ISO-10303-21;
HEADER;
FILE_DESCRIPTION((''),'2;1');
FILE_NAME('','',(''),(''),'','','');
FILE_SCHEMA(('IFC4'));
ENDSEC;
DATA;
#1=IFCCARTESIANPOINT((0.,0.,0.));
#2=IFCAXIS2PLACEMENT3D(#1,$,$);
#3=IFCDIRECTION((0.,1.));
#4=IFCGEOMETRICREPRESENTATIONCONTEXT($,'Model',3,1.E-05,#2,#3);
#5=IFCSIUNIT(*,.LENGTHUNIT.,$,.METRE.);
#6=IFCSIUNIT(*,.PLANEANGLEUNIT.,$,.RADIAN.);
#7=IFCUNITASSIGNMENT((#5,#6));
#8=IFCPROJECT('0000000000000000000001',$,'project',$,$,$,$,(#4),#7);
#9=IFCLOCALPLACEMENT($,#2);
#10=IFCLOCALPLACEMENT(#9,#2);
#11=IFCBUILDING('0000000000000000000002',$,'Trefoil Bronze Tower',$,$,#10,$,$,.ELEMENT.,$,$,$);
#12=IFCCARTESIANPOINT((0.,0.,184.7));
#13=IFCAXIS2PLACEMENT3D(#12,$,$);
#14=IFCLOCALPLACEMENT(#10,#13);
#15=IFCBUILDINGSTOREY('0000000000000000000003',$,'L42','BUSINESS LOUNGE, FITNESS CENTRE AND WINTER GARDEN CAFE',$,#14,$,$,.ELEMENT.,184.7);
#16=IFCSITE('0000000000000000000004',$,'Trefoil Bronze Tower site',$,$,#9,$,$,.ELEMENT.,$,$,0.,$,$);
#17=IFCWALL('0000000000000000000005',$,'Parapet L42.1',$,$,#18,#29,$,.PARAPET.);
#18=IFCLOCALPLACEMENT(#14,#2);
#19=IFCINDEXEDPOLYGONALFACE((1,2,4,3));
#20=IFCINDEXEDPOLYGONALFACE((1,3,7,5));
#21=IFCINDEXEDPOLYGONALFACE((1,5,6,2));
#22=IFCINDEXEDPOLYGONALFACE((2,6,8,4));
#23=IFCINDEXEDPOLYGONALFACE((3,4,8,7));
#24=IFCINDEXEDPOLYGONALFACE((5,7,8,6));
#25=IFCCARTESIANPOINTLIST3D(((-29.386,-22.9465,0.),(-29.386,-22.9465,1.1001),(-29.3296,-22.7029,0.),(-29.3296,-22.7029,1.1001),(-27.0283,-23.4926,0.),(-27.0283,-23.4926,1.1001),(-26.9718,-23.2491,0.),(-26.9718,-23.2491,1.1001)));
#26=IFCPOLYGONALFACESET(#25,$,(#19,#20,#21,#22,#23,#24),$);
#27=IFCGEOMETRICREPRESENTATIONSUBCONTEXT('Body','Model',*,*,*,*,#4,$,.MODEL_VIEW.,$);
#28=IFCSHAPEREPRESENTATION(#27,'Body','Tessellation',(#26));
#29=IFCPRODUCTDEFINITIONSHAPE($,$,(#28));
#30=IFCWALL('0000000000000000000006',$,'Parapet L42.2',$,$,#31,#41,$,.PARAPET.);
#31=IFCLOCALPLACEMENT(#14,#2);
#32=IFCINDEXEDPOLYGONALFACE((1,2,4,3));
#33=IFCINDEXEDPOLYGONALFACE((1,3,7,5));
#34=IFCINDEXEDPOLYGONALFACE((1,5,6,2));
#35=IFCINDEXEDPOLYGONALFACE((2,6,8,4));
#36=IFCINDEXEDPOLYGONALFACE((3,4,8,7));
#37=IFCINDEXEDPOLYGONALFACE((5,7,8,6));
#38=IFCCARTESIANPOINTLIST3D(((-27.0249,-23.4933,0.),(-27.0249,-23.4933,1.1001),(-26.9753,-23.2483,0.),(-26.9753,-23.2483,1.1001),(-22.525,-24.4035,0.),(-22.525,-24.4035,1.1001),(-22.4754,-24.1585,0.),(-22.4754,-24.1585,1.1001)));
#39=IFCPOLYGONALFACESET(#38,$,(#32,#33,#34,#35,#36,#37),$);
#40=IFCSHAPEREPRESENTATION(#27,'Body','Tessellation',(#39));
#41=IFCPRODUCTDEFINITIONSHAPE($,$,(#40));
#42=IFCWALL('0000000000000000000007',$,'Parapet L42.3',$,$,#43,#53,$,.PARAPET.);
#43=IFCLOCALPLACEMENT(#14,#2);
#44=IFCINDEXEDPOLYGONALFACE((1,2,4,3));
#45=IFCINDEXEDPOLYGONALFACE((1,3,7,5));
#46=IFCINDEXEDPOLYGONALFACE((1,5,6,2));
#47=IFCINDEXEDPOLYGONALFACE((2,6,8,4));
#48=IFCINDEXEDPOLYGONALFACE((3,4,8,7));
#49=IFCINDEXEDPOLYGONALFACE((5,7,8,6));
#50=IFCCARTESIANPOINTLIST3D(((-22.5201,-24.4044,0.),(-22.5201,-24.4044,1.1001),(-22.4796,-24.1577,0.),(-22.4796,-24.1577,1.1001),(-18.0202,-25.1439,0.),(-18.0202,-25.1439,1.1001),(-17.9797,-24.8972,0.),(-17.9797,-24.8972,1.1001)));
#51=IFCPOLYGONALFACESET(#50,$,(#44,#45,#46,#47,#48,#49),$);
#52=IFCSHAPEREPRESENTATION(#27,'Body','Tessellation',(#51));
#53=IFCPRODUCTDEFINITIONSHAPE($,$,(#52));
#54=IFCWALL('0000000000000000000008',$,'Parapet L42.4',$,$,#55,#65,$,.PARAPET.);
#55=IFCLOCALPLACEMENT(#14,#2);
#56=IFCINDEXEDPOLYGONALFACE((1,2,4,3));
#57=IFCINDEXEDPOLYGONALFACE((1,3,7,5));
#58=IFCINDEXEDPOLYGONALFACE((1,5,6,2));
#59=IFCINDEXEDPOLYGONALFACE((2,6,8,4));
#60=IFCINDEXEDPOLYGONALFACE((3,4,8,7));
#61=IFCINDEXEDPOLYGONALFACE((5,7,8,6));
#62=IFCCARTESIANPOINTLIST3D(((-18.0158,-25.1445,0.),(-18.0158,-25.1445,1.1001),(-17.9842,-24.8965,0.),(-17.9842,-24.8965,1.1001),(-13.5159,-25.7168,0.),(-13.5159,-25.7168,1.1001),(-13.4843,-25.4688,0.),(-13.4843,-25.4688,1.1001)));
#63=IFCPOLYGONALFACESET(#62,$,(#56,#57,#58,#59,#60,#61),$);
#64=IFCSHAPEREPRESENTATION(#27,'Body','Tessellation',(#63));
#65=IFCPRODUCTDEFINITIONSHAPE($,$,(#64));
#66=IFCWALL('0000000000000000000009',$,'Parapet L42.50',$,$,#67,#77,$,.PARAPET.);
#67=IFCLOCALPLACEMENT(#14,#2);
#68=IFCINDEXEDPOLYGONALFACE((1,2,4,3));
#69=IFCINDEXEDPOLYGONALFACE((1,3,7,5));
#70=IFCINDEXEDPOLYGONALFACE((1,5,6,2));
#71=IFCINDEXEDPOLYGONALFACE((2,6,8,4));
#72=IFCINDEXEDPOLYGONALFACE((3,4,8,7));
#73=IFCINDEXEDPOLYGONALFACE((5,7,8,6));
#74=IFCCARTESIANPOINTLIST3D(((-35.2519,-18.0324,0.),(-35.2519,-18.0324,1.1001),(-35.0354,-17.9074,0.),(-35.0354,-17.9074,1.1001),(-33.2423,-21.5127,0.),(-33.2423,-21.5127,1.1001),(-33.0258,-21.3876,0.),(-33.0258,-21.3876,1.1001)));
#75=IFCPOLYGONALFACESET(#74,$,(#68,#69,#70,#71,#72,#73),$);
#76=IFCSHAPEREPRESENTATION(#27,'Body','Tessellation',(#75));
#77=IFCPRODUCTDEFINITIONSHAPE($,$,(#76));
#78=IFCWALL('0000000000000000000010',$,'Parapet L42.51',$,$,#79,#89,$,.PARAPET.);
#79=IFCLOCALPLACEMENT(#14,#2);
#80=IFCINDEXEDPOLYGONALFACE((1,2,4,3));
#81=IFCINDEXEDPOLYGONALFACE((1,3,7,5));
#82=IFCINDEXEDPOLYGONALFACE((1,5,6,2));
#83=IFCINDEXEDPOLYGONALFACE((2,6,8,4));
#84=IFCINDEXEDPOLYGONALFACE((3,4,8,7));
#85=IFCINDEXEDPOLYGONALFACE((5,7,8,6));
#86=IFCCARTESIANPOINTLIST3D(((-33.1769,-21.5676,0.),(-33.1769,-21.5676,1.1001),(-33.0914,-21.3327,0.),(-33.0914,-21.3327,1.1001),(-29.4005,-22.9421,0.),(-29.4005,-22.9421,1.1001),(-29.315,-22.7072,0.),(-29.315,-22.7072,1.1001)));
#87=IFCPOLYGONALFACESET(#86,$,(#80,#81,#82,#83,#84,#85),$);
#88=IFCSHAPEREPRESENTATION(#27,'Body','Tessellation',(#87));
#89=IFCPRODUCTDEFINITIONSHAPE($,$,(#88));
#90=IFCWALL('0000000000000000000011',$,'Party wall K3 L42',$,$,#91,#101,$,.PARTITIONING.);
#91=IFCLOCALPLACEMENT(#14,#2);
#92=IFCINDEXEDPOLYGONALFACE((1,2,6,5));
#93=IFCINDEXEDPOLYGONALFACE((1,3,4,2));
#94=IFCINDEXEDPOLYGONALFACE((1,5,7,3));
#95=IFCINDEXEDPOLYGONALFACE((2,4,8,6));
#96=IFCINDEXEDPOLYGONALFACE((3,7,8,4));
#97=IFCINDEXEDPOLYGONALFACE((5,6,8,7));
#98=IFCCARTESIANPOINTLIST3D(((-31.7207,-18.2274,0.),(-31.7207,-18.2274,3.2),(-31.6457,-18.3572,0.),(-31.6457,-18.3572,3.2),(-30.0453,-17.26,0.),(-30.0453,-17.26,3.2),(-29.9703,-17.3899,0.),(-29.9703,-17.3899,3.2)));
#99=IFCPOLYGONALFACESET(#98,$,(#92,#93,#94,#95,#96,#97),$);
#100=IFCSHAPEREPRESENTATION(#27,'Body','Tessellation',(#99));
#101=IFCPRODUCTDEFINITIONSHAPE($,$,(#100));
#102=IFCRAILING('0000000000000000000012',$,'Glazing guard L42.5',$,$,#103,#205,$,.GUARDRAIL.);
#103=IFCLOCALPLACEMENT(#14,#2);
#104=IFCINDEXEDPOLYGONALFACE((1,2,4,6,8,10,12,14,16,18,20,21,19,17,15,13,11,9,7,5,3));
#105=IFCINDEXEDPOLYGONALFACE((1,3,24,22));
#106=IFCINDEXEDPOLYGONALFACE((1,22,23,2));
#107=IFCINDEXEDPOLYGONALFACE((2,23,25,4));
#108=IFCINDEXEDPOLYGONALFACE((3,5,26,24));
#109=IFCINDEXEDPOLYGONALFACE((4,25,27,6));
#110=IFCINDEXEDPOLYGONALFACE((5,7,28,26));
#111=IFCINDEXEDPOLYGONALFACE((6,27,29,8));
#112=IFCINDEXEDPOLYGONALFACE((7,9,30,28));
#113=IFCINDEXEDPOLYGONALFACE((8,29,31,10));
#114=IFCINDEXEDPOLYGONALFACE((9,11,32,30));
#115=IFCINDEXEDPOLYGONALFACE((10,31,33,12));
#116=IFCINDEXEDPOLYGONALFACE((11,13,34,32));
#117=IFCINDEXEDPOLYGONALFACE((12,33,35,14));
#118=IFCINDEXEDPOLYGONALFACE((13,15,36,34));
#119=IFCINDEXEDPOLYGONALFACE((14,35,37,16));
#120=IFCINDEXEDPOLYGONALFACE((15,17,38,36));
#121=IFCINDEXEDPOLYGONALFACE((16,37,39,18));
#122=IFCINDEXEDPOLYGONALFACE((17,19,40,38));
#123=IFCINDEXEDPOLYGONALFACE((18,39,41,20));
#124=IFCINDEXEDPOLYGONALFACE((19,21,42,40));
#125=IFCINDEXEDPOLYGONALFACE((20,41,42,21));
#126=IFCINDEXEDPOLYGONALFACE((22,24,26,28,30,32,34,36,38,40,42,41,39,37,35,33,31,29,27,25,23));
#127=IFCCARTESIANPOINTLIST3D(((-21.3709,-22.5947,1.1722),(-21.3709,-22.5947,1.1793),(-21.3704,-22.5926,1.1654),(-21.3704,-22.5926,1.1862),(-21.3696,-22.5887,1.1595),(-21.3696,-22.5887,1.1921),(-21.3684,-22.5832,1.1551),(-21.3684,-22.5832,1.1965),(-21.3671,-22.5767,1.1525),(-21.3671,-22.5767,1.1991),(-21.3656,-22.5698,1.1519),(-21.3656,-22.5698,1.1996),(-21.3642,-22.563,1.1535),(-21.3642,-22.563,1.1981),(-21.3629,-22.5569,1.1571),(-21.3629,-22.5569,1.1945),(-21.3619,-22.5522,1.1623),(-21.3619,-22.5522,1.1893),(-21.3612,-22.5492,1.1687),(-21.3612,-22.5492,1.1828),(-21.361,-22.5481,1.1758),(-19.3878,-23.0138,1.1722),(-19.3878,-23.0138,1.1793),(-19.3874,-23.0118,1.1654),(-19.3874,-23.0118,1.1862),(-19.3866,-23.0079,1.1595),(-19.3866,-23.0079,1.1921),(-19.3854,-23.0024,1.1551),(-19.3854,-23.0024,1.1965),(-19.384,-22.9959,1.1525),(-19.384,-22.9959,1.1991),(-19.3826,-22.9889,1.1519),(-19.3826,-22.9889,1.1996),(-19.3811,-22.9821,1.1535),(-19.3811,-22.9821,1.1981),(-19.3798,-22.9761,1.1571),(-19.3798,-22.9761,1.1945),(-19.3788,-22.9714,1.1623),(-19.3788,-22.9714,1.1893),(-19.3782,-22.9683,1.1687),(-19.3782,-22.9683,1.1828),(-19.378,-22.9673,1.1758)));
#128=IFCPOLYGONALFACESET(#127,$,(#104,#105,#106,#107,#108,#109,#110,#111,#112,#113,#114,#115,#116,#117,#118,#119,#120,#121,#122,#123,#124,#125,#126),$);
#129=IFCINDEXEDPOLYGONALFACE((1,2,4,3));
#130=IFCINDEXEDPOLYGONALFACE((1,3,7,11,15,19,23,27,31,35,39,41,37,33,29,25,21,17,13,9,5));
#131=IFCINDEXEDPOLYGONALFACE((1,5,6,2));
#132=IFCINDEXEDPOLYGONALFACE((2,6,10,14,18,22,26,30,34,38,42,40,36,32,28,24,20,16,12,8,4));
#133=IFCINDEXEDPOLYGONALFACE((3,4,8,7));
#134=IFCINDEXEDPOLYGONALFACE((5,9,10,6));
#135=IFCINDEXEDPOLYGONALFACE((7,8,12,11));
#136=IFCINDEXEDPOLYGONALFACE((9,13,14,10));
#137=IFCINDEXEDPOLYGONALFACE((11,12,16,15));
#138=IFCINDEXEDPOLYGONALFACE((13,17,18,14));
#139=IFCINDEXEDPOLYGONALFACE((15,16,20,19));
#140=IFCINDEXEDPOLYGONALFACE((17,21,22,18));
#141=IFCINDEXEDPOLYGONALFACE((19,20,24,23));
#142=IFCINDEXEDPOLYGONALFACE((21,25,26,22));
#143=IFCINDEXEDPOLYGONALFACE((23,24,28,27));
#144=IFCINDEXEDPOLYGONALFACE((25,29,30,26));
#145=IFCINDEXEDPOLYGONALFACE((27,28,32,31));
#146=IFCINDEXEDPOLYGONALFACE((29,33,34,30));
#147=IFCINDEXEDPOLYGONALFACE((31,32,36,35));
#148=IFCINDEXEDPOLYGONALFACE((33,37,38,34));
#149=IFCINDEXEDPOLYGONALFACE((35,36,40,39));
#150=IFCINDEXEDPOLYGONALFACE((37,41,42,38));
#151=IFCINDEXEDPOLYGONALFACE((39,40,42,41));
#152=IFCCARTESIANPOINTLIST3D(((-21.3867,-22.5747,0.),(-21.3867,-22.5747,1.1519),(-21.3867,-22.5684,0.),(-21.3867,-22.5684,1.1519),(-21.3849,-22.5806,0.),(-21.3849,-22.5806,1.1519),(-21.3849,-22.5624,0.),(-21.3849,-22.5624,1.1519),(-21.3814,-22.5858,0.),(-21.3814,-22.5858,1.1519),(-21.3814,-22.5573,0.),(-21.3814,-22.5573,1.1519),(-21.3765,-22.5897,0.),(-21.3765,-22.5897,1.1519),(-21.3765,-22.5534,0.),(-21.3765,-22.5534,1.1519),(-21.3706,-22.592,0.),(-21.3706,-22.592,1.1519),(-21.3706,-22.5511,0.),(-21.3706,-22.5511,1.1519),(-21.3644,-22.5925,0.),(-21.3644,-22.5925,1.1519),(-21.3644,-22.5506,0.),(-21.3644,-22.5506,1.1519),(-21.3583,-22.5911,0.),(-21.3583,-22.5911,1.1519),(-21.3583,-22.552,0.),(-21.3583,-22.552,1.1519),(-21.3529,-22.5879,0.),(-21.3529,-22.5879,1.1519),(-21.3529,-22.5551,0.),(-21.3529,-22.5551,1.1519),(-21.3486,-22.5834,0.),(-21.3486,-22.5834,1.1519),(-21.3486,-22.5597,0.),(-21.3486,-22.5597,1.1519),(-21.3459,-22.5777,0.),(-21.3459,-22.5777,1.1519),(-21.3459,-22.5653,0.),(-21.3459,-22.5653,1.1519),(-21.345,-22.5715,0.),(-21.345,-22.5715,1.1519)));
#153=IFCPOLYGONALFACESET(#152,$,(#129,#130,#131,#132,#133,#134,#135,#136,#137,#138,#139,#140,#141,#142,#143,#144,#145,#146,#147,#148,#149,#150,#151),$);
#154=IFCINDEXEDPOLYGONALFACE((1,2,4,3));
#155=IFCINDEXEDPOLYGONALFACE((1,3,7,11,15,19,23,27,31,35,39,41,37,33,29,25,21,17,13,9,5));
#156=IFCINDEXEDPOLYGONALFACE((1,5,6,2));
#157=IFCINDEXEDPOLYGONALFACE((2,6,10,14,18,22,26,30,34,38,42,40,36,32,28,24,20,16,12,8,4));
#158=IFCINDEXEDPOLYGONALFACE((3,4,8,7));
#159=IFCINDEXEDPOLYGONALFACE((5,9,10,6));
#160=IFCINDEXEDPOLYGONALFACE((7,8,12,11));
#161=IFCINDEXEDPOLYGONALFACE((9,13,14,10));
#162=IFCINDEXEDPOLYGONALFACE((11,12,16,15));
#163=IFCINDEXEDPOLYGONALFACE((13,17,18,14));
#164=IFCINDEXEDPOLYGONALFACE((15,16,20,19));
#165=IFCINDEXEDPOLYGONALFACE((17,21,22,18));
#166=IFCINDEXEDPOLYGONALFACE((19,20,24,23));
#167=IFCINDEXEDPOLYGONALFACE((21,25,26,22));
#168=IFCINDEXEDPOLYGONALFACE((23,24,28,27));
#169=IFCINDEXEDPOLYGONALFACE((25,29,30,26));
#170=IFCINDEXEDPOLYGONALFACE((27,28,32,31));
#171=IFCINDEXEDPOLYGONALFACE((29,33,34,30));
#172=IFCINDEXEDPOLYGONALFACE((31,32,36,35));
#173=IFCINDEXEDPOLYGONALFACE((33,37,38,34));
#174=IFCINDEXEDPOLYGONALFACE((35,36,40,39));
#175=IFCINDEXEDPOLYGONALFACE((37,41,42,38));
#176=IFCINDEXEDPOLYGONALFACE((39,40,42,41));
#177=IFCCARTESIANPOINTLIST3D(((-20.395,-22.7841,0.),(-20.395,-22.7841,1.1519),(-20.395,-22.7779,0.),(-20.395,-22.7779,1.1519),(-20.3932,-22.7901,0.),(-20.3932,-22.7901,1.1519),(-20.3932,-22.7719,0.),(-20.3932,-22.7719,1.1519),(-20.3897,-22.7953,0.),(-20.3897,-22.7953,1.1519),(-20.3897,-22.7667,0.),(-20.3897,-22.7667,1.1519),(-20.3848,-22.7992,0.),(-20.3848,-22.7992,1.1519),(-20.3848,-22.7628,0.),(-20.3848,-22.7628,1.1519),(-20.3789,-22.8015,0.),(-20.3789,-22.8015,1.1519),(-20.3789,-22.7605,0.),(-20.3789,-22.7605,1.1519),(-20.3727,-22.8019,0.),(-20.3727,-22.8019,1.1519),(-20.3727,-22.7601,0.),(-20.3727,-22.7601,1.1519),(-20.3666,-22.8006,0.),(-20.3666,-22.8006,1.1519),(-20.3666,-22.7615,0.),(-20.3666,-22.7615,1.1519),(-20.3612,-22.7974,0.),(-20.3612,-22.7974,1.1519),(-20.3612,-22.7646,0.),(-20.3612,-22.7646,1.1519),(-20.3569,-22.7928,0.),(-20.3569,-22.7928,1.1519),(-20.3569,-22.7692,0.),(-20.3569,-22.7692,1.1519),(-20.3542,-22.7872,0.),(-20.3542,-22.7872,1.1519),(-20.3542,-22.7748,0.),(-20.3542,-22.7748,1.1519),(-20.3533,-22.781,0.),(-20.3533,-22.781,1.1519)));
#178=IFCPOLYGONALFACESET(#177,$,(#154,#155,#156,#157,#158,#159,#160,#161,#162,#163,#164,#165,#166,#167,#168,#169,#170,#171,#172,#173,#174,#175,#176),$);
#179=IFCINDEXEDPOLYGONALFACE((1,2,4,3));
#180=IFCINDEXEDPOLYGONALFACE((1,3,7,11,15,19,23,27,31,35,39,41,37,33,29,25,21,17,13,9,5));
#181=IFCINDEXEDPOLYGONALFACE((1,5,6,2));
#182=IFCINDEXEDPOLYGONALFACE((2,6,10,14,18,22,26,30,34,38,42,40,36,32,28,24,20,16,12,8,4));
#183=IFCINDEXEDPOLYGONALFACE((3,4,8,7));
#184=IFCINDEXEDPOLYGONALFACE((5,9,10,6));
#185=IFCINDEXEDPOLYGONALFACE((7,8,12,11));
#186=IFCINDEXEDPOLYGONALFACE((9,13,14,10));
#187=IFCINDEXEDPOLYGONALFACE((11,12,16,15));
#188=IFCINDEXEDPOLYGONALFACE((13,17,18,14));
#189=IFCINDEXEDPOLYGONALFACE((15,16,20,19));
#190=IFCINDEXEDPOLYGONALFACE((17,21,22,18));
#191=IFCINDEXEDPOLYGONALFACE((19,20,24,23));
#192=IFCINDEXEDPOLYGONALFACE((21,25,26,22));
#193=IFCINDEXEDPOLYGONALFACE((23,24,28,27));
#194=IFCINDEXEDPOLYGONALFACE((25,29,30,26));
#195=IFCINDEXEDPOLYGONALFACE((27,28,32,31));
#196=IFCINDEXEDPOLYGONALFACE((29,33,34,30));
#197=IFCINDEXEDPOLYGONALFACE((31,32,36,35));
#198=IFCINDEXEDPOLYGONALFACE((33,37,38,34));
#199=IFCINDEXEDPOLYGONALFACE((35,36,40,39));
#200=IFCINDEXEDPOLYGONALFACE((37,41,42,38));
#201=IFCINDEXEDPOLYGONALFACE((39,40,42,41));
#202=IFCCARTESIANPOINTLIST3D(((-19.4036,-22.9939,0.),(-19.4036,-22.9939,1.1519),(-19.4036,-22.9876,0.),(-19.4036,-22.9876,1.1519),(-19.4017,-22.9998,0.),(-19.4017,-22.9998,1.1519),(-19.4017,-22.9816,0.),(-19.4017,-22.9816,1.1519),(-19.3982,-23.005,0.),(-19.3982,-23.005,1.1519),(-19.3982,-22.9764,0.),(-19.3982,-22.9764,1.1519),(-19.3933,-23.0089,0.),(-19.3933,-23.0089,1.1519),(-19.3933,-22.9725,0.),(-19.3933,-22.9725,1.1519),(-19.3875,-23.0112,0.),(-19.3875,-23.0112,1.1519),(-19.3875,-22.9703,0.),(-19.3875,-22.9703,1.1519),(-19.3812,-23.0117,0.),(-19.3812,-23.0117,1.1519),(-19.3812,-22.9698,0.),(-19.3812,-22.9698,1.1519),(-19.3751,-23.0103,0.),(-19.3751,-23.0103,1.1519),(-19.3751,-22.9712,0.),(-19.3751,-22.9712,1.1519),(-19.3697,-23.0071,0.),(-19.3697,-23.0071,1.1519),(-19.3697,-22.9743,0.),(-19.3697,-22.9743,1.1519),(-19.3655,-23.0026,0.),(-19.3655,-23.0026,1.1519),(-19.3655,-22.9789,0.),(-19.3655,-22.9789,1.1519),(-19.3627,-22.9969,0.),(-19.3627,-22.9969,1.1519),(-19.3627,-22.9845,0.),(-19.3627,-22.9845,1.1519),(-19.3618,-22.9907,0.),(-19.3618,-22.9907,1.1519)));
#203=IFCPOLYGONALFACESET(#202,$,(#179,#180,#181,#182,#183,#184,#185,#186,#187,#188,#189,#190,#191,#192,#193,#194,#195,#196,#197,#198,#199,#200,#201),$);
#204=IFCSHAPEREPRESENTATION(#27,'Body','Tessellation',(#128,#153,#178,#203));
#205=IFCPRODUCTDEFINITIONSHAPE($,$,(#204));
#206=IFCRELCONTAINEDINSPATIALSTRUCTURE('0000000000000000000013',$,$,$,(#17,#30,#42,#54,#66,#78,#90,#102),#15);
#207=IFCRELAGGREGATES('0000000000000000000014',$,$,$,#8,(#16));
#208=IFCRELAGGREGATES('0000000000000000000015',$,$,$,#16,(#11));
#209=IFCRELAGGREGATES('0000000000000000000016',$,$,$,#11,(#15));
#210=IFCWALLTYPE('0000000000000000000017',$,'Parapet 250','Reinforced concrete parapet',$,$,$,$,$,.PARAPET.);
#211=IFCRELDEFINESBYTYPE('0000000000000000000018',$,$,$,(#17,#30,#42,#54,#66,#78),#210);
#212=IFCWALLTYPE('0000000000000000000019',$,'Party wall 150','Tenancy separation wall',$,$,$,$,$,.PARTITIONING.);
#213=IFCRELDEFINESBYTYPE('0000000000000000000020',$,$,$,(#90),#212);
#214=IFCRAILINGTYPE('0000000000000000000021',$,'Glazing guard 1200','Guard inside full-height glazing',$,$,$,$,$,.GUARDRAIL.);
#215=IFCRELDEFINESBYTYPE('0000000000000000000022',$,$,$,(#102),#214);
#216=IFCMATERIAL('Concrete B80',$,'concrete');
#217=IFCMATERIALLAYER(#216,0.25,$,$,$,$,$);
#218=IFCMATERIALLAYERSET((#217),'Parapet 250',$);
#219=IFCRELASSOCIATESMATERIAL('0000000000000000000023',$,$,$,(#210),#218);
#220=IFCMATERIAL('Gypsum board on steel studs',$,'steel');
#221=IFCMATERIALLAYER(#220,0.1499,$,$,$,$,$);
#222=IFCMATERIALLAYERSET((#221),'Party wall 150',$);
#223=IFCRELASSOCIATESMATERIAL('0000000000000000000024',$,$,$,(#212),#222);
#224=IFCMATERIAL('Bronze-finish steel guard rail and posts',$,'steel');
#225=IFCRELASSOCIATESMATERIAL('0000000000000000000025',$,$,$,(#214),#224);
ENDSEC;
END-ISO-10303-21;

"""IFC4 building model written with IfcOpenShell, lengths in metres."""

from ifc_helpers import new_model, si_unit, direction, frame, frame_2d, origin, origin_2d, place, context, subcontext, project, spatial, rectangle, circle, extrude, material, layer, layer_set, type_object, element, save


model = new_model("IFC4")

# Units and contexts
model_context = context("Model", 3, precision=1e-05, world=origin(), true_north=direction((0.0, 1.0)))
body_context = subcontext(model_context, "Body", "Model", "MODEL_VIEW")
ifc_project = project(units=[si_unit("LENGTHUNIT", "METRE"), si_unit("PLANEANGLEUNIT", "RADIAN")], contexts=[model_context])

# Site, building, storey
site_placement = place(None, origin())
site = spatial("IfcSite", under=ifc_project, at=site_placement, Name="Trefoil Bronze Tower site", CompositionType="ELEMENT", RefElevation=0.0)
building_placement = place(site_placement, origin())
building = spatial("IfcBuilding", under=site, at=building_placement, Name="Trefoil Bronze Tower", CompositionType="ELEMENT")
storey_placement = place(building_placement, frame((0.0, 0.0, 184.7)))
storey = spatial("IfcBuildingStorey", under=building, at=storey_placement, Name="L42", Description="BUSINESS LOUNGE, FITNESS CENTRE AND WINTER GARDEN CAFE", CompositionType="ELEMENT", Elevation=184.7)

# Walls
ifc_material_1 = material(Name="Concrete B80", Category="concrete")
ifc_layer_1 = layer(ifc_material_1, 0.25)
ifc_layer_set_1 = layer_set([ifc_layer_1], Name="Parapet 250")
wall_type_1 = type_object("IfcWallType", Name="Parapet 250", Description="Reinforced concrete parapet", PredefinedType="PARAPET", material=ifc_layer_set_1)
wall_1_placement = place(storey_placement, frame((-29.3577, -22.8247, 0.0), z_axis=(0.0, 0.0, 1.0), x_axis=(0.974204, -0.22567, 0.0)))
element("IfcWall", 1, at=wall_1_placement, inside=storey, type_object=wall_type_1, Name="Parapet L42.1", PredefinedType="PARAPET", context=body_context, shape_type="SweptSolid", body=[
    extrude(rectangle(XDim=2.4202, YDim=0.25, at=frame_2d((1.21, 0.0))), origin(), (0.0, 0.0, 1.0), 1.1001),
])
wall_2_placement = place(storey_placement, frame((-27.0, -23.3708, 0.0), z_axis=(0.0, 0.0, 1.0), x_axis=(0.980153, -0.198243, 0.0)))
element("IfcWall", 2, at=wall_2_placement, inside=storey, type_object=wall_type_1, Name="Parapet L42.2", PredefinedType="PARAPET", context=body_context, shape_type="SweptSolid", body=[
    extrude(rectangle(XDim=4.5911, YDim=0.25, at=frame_2d((2.2954, 0.0))), origin(), (0.0, 0.0, 1.0), 1.1001),
])
wall_3_placement = place(storey_placement, frame((-22.5, -24.281, 0.0), z_axis=(0.0, 0.0, 1.0), x_axis=(0.986765, -0.162159, 0.0)))
element("IfcWall", 3, at=wall_3_placement, inside=storey, type_object=wall_type_1, Name="Parapet L42.3", PredefinedType="PARAPET", context=body_context, shape_type="SweptSolid", body=[
    extrude(rectangle(XDim=4.5603, YDim=0.25, at=frame_2d((2.2803, 0.0))), origin(), (0.0, 0.0, 1.0), 1.1001),
])
wall_4_placement = place(storey_placement, frame((-18.0, -25.0205, 0.0), z_axis=(0.0, 0.0, 1.0), x_axis=(0.992011, -0.126154, 0.0)))
element("IfcWall", 4, at=wall_4_placement, inside=storey, type_object=wall_type_1, Name="Parapet L42.4", PredefinedType="PARAPET", context=body_context, shape_type="SweptSolid", body=[
    extrude(rectangle(XDim=4.5361, YDim=0.25, at=frame_2d((2.2681, 0.0))), origin(), (0.0, 0.0, 1.0), 1.1001),
])
for number, where, z_axis, x_axis, name in (
    (5, (-35.1436, -17.97, 0.0), (0.0, 0.0, 1.0), (0.50004, -0.866002, 0.0), "Parapet L42.50"),
    (6, (-33.134, -21.4502, 0.0), (0.0, 0.0, 1.0), (0.939691, -0.342026, 0.0), "Parapet L42.51"),
):
    element("IfcWall", number, at=place(storey_placement, frame(where, z_axis=z_axis, x_axis=x_axis)), inside=storey, type_object=wall_type_1, Name=name, PredefinedType="PARAPET", context=body_context, shape_type="SweptSolid", body=[
        extrude(rectangle(XDim=4.0188, YDim=0.25, at=frame_2d((2.0093, 0.0))), origin(), (0.0, 0.0, 1.0), 1.1001),
    ])
ifc_material_2 = material(Name="Gypsum board on steel studs", Category="steel")
ifc_layer_2 = layer(ifc_material_2, 0.1499)
ifc_layer_set_2 = layer_set([ifc_layer_2], Name="Party wall 150")
wall_type_2 = type_object("IfcWallType", Name="Party wall 150", Description="Tenancy separation wall", PredefinedType="PARTITIONING", material=ifc_layer_set_2)
wall_5_placement = place(storey_placement, frame((-30.0078, -17.325, 0.0), z_axis=(0.0, 0.0, 1.0), x_axis=(-0.866013, -0.500021, 0.0)))
element("IfcWall", 7, at=wall_5_placement, inside=storey, type_object=wall_type_2, Name="Party wall K3 L42", PredefinedType="PARTITIONING", context=body_context, shape_type="SweptSolid", body=[
    extrude(rectangle(XDim=1.9346, YDim=0.1499, at=frame_2d((0.9673, 0.0))), origin(), (0.0, 0.0, 1.0), 3.2),
])

# Railing
ifc_material_3 = material(Name="Bronze-finish steel guard rail and posts", Category="steel")
railing_type_1 = type_object("IfcRailingType", Name="Glazing guard 1200", Description="Guard inside full-height glazing", PredefinedType="GUARDRAIL", material=ifc_material_3)
railing_1_placement = place(storey_placement, frame((-21.366, -22.5715, 0.0)))
element("IfcRailing", 8, at=railing_1_placement, inside=storey, type_object=railing_type_1, Name="Glazing guard L42.5", PredefinedType="GUARDRAIL", context=body_context, shape_type="SweptSolid", body=[
    extrude(circle(Radius=0.0239, at=origin_2d()), frame((0.0, 0.0, 1.1758), z_axis=(0.978382, -0.206806, 0.0), x_axis=(0.206806, 0.978382, 0.0)), (0.0, 0.0, 1.0), 2.0269),
    extrude(circle(Radius=0.021, at=origin_2d()), origin(), (0.0, 0.0, 1.0), 1.1519),
    extrude(circle(Radius=0.021, at=origin_2d()), frame((0.9917, -0.2095, 0.0)), (0.0, 0.0, 1.0), 1.1519),
    extrude(circle(Radius=0.021, at=origin_2d()), frame((1.9832, -0.4192, 0.0)), (0.0, 0.0, 1.0), 1.1519),
])

save(model, "model.ifc")
